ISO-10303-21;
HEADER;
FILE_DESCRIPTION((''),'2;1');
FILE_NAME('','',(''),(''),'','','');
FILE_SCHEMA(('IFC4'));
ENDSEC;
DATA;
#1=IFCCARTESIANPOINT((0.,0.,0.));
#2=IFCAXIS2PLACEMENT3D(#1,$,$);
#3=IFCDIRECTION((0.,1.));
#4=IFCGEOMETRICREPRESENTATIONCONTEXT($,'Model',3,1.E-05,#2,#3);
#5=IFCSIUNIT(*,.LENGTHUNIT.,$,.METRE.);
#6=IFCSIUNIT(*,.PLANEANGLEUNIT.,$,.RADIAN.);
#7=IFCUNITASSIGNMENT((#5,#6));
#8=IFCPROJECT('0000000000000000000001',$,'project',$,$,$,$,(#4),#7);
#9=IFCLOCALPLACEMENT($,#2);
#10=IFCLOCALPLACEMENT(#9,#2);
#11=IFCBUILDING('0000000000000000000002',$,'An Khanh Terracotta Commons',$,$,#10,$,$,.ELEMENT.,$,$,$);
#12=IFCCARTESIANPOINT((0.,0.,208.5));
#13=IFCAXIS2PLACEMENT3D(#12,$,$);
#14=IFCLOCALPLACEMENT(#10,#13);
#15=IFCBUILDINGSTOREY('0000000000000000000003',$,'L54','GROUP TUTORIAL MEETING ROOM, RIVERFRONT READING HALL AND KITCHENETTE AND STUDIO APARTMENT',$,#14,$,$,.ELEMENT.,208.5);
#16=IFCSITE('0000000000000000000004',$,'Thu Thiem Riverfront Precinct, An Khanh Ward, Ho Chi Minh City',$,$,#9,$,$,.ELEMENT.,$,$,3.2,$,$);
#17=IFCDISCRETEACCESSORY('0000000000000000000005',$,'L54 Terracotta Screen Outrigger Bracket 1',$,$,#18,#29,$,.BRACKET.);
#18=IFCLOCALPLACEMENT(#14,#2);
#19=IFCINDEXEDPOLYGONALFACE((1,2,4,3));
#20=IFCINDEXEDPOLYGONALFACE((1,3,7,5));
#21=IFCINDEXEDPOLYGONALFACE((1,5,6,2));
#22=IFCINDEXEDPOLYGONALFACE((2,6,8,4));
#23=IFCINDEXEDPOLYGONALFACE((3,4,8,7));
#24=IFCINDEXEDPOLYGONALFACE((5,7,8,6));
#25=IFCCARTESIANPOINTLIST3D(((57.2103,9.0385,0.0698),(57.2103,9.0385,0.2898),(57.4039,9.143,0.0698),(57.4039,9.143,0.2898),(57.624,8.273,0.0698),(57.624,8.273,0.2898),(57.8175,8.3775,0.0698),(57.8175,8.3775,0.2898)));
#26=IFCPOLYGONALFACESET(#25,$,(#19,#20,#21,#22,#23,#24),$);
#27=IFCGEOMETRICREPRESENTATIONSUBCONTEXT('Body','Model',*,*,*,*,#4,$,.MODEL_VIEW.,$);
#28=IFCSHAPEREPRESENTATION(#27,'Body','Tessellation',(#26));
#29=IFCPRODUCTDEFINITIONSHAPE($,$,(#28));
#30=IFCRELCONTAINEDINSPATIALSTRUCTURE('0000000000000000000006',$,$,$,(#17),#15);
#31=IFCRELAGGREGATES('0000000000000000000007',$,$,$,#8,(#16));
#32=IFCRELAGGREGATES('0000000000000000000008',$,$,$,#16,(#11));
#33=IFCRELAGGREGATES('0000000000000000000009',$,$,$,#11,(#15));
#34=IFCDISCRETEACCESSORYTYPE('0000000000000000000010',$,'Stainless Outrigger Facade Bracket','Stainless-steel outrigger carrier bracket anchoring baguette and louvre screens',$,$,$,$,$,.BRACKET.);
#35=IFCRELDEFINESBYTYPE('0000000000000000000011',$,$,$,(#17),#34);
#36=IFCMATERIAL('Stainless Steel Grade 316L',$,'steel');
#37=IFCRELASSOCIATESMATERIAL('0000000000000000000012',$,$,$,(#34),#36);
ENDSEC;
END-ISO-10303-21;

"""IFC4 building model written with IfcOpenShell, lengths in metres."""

from ifc_helpers import new_model, si_unit, direction, frame, origin, origin_2d, place, context, subcontext, project, spatial, rectangle, extrude, material, type_object, element, save


model = new_model("IFC4")

# Units and contexts
model_context = context("Model", 3, precision=1e-05, world=origin(), true_north=direction((0.0, 1.0)))
body_context = subcontext(model_context, "Body", "Model", "MODEL_VIEW")
ifc_project = project(units=[si_unit("LENGTHUNIT", "METRE"), si_unit("PLANEANGLEUNIT", "RADIAN")], contexts=[model_context])

# Site, building, storey
site_placement = place(None, origin())
site = spatial("IfcSite", under=ifc_project, at=site_placement, Name="Thu Thiem Riverfront Precinct, An Khanh Ward, Ho Chi Minh City", CompositionType="ELEMENT", RefElevation=3.2)
building_placement = place(site_placement, origin())
building = spatial("IfcBuilding", under=site, at=building_placement, Name="An Khanh Terracotta Commons", CompositionType="ELEMENT")
storey_placement = place(building_placement, frame((0.0, 0.0, 208.5)))
storey = spatial("IfcBuildingStorey", under=building, at=storey_placement, Name="L54", Description="GROUP TUTORIAL MEETING ROOM, RIVERFRONT READING HALL AND KITCHENETTE AND STUDIO APARTMENT", CompositionType="ELEMENT", Elevation=208.5)

# Discrete accessory
ifc_material_1 = material(Name="Stainless Steel Grade 316L", Category="steel")
discrete_accessory_type = type_object("IfcDiscreteAccessoryType", Name="Stainless Outrigger Facade Bracket", Description="Stainless-steel outrigger carrier bracket anchoring baguette and louvre screens", PredefinedType="BRACKET", material=ifc_material_1)
discrete_accessory_placement = place(storey_placement, frame((57.5139, 8.708, 0.0698), z_axis=(0.0, 0.0, 1.0), x_axis=(0.87978, 0.475381, 0.0)))
element("IfcDiscreteAccessory", 1, at=discrete_accessory_placement, inside=storey, type_object=discrete_accessory_type, Name="L54 Terracotta Screen Outrigger Bracket 1", PredefinedType="BRACKET", context=body_context, shape_type="SweptSolid", body=[
    extrude(rectangle(XDim=0.22, YDim=0.8701, at=origin_2d()), origin(), (0.0, 0.0, 1.0), 0.22),
])

save(model, "model.ifc")
